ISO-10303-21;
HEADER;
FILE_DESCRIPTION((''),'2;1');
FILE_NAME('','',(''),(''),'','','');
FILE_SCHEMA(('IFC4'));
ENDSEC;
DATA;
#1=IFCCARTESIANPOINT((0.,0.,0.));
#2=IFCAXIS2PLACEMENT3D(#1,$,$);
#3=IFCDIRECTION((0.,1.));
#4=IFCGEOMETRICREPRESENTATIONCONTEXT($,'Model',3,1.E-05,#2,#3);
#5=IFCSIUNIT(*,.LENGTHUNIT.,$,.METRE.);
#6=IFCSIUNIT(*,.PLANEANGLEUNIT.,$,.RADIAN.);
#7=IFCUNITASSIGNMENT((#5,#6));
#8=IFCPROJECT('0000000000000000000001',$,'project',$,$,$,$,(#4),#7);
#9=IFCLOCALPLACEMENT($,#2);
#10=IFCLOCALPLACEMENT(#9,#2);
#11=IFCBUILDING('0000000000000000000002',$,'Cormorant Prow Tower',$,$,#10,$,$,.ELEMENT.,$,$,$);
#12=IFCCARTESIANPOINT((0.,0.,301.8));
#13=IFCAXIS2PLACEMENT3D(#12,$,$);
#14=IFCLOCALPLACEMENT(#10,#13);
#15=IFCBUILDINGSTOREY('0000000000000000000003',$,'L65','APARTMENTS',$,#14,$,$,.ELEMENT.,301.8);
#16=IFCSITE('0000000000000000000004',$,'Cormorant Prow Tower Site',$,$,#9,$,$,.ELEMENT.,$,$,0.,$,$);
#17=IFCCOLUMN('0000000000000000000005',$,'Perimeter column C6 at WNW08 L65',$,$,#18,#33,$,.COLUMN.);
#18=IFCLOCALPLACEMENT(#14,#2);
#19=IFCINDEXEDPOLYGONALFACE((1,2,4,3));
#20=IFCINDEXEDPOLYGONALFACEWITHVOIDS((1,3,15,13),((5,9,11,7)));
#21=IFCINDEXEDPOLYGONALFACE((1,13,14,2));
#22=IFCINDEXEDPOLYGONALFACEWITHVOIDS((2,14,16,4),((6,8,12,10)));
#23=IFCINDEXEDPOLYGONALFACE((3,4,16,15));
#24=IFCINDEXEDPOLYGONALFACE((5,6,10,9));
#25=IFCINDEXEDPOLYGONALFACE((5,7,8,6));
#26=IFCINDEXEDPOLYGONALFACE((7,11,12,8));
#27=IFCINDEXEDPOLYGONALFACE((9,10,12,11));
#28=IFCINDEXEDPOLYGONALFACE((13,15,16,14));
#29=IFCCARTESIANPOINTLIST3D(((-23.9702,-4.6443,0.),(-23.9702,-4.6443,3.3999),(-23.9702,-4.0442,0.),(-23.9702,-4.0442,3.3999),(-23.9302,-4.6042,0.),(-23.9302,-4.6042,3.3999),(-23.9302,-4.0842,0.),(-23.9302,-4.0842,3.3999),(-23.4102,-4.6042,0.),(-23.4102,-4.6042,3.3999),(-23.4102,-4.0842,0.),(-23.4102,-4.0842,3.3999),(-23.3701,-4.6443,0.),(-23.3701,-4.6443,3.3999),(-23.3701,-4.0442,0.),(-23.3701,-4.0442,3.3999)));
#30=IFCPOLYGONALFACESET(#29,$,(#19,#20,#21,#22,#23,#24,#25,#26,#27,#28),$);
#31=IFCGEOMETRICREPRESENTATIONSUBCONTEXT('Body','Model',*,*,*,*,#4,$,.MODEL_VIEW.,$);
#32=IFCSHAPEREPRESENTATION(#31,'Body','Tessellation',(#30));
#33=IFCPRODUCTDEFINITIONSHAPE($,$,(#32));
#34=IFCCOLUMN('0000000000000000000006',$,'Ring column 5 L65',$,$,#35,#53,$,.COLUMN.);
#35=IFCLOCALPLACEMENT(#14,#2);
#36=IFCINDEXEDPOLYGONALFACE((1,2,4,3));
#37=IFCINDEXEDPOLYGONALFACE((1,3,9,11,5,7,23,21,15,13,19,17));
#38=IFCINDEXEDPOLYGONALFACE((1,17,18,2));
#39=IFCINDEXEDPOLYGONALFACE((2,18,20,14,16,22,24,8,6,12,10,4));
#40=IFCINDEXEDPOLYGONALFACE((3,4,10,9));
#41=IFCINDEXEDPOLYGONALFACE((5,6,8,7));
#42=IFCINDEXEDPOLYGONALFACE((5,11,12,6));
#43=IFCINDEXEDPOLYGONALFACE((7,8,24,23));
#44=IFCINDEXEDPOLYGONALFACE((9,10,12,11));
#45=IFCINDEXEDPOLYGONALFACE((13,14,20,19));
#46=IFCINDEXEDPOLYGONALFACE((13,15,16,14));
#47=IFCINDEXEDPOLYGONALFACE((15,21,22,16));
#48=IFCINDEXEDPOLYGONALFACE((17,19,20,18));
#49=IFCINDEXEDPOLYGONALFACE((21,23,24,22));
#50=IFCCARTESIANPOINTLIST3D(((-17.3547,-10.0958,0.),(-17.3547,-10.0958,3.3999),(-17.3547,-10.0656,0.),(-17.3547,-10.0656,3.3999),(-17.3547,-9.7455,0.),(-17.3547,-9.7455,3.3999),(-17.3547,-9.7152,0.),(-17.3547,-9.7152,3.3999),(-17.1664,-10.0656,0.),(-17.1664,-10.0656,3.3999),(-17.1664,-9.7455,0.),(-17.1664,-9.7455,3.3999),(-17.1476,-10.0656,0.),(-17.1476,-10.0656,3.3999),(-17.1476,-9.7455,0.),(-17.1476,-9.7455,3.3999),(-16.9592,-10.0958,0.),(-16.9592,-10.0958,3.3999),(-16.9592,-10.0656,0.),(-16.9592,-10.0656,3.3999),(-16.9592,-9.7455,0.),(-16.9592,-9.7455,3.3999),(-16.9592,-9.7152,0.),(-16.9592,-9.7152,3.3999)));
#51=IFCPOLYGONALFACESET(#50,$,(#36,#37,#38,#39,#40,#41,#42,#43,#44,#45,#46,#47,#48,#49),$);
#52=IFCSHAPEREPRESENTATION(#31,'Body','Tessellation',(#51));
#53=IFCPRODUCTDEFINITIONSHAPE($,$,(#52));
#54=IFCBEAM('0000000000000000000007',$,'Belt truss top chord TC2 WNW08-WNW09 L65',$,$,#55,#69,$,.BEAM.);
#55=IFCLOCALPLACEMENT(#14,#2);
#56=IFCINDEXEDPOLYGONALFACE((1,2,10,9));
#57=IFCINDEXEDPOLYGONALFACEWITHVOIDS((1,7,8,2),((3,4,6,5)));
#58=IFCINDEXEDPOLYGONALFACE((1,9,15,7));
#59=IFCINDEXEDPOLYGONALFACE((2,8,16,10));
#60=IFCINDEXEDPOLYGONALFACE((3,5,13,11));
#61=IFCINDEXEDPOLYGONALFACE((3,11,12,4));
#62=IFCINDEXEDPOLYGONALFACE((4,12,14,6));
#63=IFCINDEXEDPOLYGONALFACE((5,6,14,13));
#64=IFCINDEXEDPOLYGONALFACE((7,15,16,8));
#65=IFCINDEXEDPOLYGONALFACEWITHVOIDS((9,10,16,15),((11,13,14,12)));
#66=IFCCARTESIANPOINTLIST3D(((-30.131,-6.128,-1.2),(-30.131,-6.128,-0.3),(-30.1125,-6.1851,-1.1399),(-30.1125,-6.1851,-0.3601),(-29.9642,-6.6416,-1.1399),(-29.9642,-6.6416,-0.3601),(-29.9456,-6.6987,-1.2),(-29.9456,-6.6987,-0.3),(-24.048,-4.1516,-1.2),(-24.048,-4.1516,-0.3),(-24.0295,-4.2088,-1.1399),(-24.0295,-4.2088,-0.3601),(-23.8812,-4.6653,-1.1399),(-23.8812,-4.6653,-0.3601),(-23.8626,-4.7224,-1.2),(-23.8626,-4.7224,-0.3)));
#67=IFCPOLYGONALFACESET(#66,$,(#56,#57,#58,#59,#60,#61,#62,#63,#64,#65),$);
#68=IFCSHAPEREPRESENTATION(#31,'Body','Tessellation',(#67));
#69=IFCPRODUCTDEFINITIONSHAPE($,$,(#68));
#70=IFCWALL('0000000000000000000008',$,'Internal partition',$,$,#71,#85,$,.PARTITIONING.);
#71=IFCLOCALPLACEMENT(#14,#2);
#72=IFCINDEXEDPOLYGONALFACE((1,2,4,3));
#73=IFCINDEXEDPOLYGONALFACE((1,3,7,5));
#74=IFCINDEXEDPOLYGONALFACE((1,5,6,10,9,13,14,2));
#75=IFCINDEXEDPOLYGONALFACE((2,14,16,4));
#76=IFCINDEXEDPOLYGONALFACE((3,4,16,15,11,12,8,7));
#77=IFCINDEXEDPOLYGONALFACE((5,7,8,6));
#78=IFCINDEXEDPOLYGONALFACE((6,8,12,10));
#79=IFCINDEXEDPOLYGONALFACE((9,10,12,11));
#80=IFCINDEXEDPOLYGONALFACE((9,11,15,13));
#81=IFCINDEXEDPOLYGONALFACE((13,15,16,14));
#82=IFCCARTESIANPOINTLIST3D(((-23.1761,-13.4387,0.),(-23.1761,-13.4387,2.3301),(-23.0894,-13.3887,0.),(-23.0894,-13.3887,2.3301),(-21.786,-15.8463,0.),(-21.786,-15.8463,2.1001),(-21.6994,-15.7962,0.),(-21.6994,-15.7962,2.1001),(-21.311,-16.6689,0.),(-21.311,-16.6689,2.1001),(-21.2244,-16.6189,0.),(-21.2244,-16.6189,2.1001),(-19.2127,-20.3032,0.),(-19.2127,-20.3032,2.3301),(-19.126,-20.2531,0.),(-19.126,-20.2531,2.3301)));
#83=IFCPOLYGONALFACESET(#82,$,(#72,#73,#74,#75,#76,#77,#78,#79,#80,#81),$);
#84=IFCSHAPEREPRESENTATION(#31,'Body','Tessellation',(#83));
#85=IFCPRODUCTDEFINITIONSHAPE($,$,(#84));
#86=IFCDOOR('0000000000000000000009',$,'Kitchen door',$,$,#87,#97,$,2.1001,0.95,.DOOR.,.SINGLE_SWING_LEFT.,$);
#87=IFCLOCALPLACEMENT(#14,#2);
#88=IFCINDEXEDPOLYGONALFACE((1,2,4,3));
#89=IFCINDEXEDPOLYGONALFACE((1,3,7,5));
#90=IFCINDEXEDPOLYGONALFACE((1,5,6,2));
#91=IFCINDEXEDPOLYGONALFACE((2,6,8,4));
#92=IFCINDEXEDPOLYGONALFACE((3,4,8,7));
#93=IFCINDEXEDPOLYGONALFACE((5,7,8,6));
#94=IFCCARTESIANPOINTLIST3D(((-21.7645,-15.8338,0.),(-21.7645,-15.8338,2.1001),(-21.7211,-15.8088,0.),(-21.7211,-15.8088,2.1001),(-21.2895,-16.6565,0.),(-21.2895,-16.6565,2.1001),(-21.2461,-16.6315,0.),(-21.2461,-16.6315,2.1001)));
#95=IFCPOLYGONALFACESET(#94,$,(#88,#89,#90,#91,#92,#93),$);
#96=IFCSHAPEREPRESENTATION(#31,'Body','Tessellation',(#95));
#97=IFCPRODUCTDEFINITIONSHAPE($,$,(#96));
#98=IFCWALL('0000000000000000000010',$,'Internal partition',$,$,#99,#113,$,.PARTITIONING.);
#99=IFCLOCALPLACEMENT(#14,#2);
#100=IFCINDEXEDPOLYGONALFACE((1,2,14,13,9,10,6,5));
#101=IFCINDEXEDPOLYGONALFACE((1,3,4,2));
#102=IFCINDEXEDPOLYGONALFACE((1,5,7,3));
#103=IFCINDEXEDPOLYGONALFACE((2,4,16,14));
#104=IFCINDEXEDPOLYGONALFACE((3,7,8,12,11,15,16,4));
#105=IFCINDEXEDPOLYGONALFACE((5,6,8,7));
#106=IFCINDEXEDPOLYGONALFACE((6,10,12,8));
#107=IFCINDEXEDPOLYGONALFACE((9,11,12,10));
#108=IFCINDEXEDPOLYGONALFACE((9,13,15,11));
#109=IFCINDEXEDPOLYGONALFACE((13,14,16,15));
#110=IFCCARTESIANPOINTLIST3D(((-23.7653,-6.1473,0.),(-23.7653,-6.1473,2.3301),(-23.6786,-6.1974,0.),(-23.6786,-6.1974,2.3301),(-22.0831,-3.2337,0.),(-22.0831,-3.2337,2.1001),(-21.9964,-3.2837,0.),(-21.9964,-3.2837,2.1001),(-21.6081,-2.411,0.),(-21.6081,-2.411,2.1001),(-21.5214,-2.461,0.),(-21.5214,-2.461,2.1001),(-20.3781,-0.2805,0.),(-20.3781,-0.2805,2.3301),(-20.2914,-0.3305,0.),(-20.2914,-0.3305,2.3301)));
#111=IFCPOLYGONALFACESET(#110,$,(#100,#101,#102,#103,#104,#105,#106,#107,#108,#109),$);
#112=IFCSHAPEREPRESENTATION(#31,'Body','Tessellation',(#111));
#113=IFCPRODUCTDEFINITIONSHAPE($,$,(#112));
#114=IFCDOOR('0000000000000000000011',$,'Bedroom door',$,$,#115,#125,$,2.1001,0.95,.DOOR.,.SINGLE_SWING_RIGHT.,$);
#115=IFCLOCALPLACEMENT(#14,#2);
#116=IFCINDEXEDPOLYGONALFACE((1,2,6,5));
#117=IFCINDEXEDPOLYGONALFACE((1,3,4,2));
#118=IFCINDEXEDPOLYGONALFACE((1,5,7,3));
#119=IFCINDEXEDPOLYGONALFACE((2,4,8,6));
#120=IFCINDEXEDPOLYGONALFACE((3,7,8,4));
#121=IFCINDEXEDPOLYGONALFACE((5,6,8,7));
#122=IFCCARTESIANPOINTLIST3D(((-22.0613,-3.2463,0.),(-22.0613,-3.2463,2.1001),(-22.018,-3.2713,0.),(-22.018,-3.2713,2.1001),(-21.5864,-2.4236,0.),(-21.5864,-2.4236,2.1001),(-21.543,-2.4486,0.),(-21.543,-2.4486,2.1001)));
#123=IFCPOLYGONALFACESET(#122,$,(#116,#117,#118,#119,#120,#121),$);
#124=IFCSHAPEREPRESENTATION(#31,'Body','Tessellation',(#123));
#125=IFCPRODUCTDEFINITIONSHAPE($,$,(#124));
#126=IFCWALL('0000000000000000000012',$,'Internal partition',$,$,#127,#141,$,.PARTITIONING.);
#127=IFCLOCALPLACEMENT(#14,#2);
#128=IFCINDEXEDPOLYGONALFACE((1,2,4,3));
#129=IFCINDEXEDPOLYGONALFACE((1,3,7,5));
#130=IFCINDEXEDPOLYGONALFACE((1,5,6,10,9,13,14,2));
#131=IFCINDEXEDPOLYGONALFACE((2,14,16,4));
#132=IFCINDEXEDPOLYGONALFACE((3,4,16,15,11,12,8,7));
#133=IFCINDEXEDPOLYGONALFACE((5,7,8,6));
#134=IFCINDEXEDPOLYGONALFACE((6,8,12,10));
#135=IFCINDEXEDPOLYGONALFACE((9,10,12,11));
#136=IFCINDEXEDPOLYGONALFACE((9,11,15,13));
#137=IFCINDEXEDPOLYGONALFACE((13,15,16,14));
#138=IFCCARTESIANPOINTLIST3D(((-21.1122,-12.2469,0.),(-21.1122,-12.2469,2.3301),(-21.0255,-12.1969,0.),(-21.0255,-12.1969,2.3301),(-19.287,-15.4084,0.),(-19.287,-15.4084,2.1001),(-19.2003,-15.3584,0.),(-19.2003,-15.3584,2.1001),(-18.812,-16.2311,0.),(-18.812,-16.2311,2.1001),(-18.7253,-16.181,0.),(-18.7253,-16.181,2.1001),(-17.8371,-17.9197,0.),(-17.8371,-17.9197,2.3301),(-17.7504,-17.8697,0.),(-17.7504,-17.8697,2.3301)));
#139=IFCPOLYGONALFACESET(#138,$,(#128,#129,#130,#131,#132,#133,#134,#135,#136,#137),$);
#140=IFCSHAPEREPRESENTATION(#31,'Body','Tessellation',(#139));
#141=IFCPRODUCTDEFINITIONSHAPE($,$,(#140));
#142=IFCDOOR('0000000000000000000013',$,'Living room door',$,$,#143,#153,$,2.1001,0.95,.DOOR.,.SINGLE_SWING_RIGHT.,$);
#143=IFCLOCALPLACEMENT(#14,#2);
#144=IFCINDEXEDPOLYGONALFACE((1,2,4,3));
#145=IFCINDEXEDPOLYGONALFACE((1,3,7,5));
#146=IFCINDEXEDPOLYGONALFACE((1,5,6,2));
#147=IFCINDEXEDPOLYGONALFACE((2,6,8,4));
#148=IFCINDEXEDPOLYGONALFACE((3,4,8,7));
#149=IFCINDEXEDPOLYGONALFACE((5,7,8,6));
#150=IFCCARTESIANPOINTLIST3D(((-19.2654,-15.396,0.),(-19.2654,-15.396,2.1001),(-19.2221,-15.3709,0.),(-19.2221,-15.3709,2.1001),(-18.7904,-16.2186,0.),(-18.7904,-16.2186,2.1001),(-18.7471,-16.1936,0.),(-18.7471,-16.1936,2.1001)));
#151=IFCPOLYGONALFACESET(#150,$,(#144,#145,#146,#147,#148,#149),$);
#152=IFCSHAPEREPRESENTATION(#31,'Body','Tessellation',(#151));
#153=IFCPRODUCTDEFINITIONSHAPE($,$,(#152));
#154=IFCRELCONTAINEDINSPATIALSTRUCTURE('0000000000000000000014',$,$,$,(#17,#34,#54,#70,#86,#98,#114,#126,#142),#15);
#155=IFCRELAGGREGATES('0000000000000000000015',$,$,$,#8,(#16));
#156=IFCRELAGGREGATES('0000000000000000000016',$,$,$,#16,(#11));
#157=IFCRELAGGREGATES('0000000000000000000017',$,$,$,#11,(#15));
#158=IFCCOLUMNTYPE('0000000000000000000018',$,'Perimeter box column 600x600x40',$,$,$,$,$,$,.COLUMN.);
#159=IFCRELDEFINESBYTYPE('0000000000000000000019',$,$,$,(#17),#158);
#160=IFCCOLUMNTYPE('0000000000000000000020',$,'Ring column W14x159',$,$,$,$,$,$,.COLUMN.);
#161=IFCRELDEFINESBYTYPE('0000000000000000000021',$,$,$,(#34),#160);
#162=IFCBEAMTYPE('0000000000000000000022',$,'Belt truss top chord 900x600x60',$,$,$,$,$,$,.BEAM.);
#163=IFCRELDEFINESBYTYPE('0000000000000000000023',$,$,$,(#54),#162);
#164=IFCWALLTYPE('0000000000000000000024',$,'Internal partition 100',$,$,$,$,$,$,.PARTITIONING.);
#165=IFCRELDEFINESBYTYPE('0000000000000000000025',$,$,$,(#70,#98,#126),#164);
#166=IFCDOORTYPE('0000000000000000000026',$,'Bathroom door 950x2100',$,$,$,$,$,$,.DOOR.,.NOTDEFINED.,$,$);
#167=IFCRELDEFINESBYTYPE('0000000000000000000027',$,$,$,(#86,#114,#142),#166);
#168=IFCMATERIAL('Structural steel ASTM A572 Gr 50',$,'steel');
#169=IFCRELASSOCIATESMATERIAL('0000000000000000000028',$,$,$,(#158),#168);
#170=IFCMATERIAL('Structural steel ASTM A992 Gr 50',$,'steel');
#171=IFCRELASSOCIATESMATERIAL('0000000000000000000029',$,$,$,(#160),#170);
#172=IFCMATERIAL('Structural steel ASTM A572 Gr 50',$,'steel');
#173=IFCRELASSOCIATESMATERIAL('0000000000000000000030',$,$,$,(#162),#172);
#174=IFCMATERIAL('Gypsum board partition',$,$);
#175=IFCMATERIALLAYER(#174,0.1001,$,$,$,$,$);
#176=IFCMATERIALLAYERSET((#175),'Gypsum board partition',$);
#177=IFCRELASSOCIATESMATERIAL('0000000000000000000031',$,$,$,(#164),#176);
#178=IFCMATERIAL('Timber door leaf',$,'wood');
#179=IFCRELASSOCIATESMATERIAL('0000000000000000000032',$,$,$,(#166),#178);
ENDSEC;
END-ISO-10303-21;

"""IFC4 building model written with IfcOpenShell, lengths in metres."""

from ifc_helpers import new_model, si_unit, direction, frame, frame_2d, origin, origin_2d, place, context, subcontext, project, spatial, rectangle, hollow_rectangle, i_section, extrude, material, layer, layer_set, material_profile, profile_set, type_object, element, fill, save


model = new_model("IFC4")

# Units and contexts
model_context = context("Model", 3, precision=1e-05, world=origin(), true_north=direction((0.0, 1.0)))
body_context = subcontext(model_context, "Body", "Model", "MODEL_VIEW")
ifc_project = project(units=[si_unit("LENGTHUNIT", "METRE"), si_unit("PLANEANGLEUNIT", "RADIAN")], contexts=[model_context])

# Site, building, storey
site_placement = place(None, origin())
site = spatial("IfcSite", under=ifc_project, at=site_placement, Name="Cormorant Prow Tower Site", CompositionType="ELEMENT", RefElevation=0.0)
building_placement = place(site_placement, origin())
building = spatial("IfcBuilding", under=site, at=building_placement, Name="Cormorant Prow Tower", CompositionType="ELEMENT")
storey_placement = place(building_placement, frame((0.0, 0.0, 301.8)))
storey = spatial("IfcBuildingStorey", under=building, at=storey_placement, Name="L65", Description="APARTMENTS", CompositionType="ELEMENT", Elevation=301.8)

# Columns
ifc_material_1 = material(Name="Structural steel ASTM A572 Gr 50", Category="steel")
ifc_material_profile_1 = material_profile(ifc_material_1, hollow_rectangle(XDim=0.6001, YDim=0.6001, WallThickness=0.04, at=origin_2d()), Name="Box 600x600x40")
ifc_profile_set_1 = profile_set([ifc_material_profile_1], Name="Structural steel ASTM A572 Gr 50")
column_type_1 = type_object("IfcColumnType", Name="Perimeter box column 600x600x40", PredefinedType="COLUMN", material=ifc_profile_set_1)
column_1_placement = place(storey_placement, frame((-23.6702, -4.3442, 0.0), z_axis=(0.0, 0.0, 1.0), x_axis=(1.0, 0.0, 0.0)))
element("IfcColumn", 1, at=column_1_placement, inside=storey, type_object=column_type_1, Name="Perimeter column C6 at WNW08 L65", PredefinedType="COLUMN", context=body_context, shape_type="SweptSolid", body=[
    extrude(hollow_rectangle(XDim=0.6001, YDim=0.6001, WallThickness=0.04, at=origin_2d()), origin(), (0.0, 0.0, 1.0), 3.3999),
])
ifc_material_2 = material(Name="Structural steel ASTM A992 Gr 50", Category="steel")
ifc_material_profile_2 = material_profile(ifc_material_2, i_section(OverallWidth=0.3955, OverallDepth=0.3806, WebThickness=0.0188, FlangeThickness=0.0303, at=origin_2d()), Name="W14x159")
ifc_profile_set_2 = profile_set([ifc_material_profile_2], Name="Structural steel ASTM A992 Gr 50")
column_type_2 = type_object("IfcColumnType", Name="Ring column W14x159", PredefinedType="COLUMN", material=ifc_profile_set_2)
column_2_placement = place(storey_placement, frame((-17.157, -9.9055, 0.0), z_axis=(0.0, 0.0, 1.0), x_axis=(1.0, 0.0, 0.0)))
element("IfcColumn", 2, at=column_2_placement, inside=storey, type_object=column_type_2, Name="Ring column 5 L65", PredefinedType="COLUMN", context=body_context, shape_type="SweptSolid", body=[
    extrude(i_section(OverallWidth=0.3955, OverallDepth=0.3806, WebThickness=0.0188, FlangeThickness=0.0303, at=origin_2d()), origin(), (0.0, 0.0, 1.0), 3.3999),
])

# Beam
ifc_material_3 = material(Name="Structural steel ASTM A572 Gr 50", Category="steel")
ifc_material_profile_3 = material_profile(ifc_material_3, hollow_rectangle(XDim=0.6001, YDim=0.8999, WallThickness=0.0601, at=origin_2d()), Name="Box 900x600x60")
ifc_profile_set_3 = profile_set([ifc_material_profile_3], Name="Structural steel ASTM A572 Gr 50")
beam_type = type_object("IfcBeamType", Name="Belt truss top chord 900x600x60", PredefinedType="BEAM", material=ifc_profile_set_3)
beam_placement = place(storey_placement, frame((-23.9553, -4.437, -0.75), z_axis=(-0.951064, -0.308993, 0.0), x_axis=(0.308993, -0.951064, 0.0)))
element("IfcBeam", 3, at=beam_placement, inside=storey, type_object=beam_type, Name="Belt truss top chord TC2 WNW08-WNW09 L65", PredefinedType="BEAM", context=body_context, shape_type="SweptSolid", body=[
    extrude(hollow_rectangle(XDim=0.6001, YDim=0.8999, WallThickness=0.0601, at=origin_2d()), origin(), (0.0, 0.0, 1.0), 6.396),
])

# Walls, openings, doors
ifc_material_4 = material(Name="Gypsum board partition")
ifc_layer = layer(ifc_material_4, 0.1001)
ifc_layer_set = layer_set([ifc_layer], Name="Gypsum board partition")
wall_type = type_object("IfcWallType", Name="Internal partition 100", PredefinedType="PARTITIONING", material=ifc_layer_set)
wall_1_placement = place(storey_placement, frame((-23.1328, -13.4136, 0.0), z_axis=(0.0, 0.0, 1.0), x_axis=(0.500015, -0.866017, 0.0)))
wall_1 = element("IfcWall", 4, at=wall_1_placement, inside=storey, type_object=wall_type, Name="Internal partition", PredefinedType="PARTITIONING", context=body_context, shape_type="SweptSolid", body=[
    extrude(rectangle(XDim=7.9265, YDim=0.1001, at=frame_2d((3.9634, 0.0))), origin(), (0.0, 0.0, 1.0), 2.3301),
])
opening_1_placement = place(wall_1_placement, frame((2.78, 0.0, 0.0)))
opening_1 = element("IfcOpeningElement", 5, at=opening_1_placement, cuts=wall_1, PredefinedType="OPENING", context=body_context, shape_type="SweptSolid", body=[
    extrude(rectangle(XDim=0.95, YDim=2.1001, at=frame_2d((0.4751, 1.05))), frame((0.0, 0.0601, 0.0), z_axis=(0.0, -1.0, 0.0), x_axis=(1.0, 0.0, 0.0)), (0.0, 0.0, 1.0), 0.1201),
])
ifc_material_5 = material(Name="Timber door leaf", Category="wood")
door_type = type_object("IfcDoorType", Name="Bathroom door 950x2100", OperationType="NOTDEFINED", PredefinedType="DOOR", material=ifc_material_5)
door_1_placement = place(opening_1_placement, origin())
door_1 = element("IfcDoor", 6, at=door_1_placement, inside=storey, type_object=door_type, Name="Kitchen door", OperationType="SINGLE_SWING_LEFT", OverallHeight=2.1001, OverallWidth=0.95, PredefinedType="DOOR", context=body_context, shape_type="SweptSolid", body=[
    extrude(rectangle(XDim=0.95, YDim=2.1001, at=frame_2d((0.4751, 1.05))), frame((0.0, 0.0249, 0.0), z_axis=(0.0, -1.0, 0.0), x_axis=(1.0, 0.0, 0.0)), (0.0, 0.0, 1.0), 0.05),
])
fill(opening_1, door_1)
wall_2_placement = place(storey_placement, frame((-23.7219, -6.1724, 0.0), z_axis=(0.0, 0.0, 1.0), x_axis=(0.499992, 0.86603, 0.0)))
wall_2 = element("IfcWall", 7, at=wall_2_placement, inside=storey, type_object=wall_type, Name="Internal partition", PredefinedType="PARTITIONING", context=body_context, shape_type="SweptSolid", body=[
    extrude(rectangle(XDim=6.7744, YDim=0.1001, at=frame_2d((3.3872, 0.0))), origin(), (0.0, 0.0, 1.0), 2.3301),
])
opening_2_placement = place(wall_2_placement, frame((3.3643, 0.0, 0.0)))
opening_2 = element("IfcOpeningElement", 8, at=opening_2_placement, cuts=wall_2, PredefinedType="OPENING", context=body_context, shape_type="SweptSolid", body=[
    extrude(rectangle(XDim=0.95, YDim=2.1001, at=frame_2d((0.4751, 1.05))), frame((0.0, 0.0601, 0.0), z_axis=(0.0, -1.0, 0.0), x_axis=(1.0, 0.0, 0.0)), (0.0, 0.0, 1.0), 0.1201),
])
door_2_placement = place(opening_2_placement, origin())
door_2 = element("IfcDoor", 9, at=door_2_placement, inside=storey, type_object=door_type, Name="Bedroom door", OperationType="SINGLE_SWING_RIGHT", OverallHeight=2.1001, OverallWidth=0.95, PredefinedType="DOOR", context=body_context, shape_type="SweptSolid", body=[
    extrude(rectangle(XDim=0.95, YDim=2.1001, at=frame_2d((0.4751, 1.05))), frame((0.0, 0.0249, 0.0), z_axis=(0.0, -1.0, 0.0), x_axis=(1.0, 0.0, 0.0)), (0.0, 0.0, 1.0), 0.05),
])
fill(opening_2, door_2)
wall_3_placement = place(storey_placement, frame((-21.0688, -12.2219, 0.0), z_axis=(0.0, 0.0, 1.0), x_axis=(0.499991, -0.86603, 0.0)))
wall_3 = element("IfcWall", 10, at=wall_3_placement, inside=storey, type_object=wall_type, Name="Internal partition", PredefinedType="PARTITIONING", context=body_context, shape_type="SweptSolid", body=[
    extrude(rectangle(XDim=6.5503, YDim=0.1001, at=frame_2d((3.2751, 0.0))), origin(), (0.0, 0.0, 1.0), 2.3301),
])
opening_3_placement = place(wall_3_placement, frame((3.6504, 0.0, 0.0)))
opening_3 = element("IfcOpeningElement", 11, at=opening_3_placement, cuts=wall_3, PredefinedType="OPENING", context=body_context, shape_type="SweptSolid", body=[
    extrude(rectangle(XDim=0.95, YDim=2.1001, at=frame_2d((0.4751, 1.05))), frame((0.0, 0.0601, 0.0), z_axis=(0.0, -1.0, 0.0), x_axis=(1.0, 0.0, 0.0)), (0.0, 0.0, 1.0), 0.1201),
])
door_3_placement = place(opening_3_placement, origin())
door_3 = element("IfcDoor", 12, at=door_3_placement, inside=storey, type_object=door_type, Name="Living room door", OperationType="SINGLE_SWING_RIGHT", OverallHeight=2.1001, OverallWidth=0.95, PredefinedType="DOOR", context=body_context, shape_type="SweptSolid", body=[
    extrude(rectangle(XDim=0.95, YDim=2.1001, at=frame_2d((0.4751, 1.05))), frame((0.0, 0.0249, 0.0), z_axis=(0.0, -1.0, 0.0), x_axis=(1.0, 0.0, 0.0)), (0.0, 0.0, 1.0), 0.05),
])
fill(opening_3, door_3)

save(model, "model.ifc")
